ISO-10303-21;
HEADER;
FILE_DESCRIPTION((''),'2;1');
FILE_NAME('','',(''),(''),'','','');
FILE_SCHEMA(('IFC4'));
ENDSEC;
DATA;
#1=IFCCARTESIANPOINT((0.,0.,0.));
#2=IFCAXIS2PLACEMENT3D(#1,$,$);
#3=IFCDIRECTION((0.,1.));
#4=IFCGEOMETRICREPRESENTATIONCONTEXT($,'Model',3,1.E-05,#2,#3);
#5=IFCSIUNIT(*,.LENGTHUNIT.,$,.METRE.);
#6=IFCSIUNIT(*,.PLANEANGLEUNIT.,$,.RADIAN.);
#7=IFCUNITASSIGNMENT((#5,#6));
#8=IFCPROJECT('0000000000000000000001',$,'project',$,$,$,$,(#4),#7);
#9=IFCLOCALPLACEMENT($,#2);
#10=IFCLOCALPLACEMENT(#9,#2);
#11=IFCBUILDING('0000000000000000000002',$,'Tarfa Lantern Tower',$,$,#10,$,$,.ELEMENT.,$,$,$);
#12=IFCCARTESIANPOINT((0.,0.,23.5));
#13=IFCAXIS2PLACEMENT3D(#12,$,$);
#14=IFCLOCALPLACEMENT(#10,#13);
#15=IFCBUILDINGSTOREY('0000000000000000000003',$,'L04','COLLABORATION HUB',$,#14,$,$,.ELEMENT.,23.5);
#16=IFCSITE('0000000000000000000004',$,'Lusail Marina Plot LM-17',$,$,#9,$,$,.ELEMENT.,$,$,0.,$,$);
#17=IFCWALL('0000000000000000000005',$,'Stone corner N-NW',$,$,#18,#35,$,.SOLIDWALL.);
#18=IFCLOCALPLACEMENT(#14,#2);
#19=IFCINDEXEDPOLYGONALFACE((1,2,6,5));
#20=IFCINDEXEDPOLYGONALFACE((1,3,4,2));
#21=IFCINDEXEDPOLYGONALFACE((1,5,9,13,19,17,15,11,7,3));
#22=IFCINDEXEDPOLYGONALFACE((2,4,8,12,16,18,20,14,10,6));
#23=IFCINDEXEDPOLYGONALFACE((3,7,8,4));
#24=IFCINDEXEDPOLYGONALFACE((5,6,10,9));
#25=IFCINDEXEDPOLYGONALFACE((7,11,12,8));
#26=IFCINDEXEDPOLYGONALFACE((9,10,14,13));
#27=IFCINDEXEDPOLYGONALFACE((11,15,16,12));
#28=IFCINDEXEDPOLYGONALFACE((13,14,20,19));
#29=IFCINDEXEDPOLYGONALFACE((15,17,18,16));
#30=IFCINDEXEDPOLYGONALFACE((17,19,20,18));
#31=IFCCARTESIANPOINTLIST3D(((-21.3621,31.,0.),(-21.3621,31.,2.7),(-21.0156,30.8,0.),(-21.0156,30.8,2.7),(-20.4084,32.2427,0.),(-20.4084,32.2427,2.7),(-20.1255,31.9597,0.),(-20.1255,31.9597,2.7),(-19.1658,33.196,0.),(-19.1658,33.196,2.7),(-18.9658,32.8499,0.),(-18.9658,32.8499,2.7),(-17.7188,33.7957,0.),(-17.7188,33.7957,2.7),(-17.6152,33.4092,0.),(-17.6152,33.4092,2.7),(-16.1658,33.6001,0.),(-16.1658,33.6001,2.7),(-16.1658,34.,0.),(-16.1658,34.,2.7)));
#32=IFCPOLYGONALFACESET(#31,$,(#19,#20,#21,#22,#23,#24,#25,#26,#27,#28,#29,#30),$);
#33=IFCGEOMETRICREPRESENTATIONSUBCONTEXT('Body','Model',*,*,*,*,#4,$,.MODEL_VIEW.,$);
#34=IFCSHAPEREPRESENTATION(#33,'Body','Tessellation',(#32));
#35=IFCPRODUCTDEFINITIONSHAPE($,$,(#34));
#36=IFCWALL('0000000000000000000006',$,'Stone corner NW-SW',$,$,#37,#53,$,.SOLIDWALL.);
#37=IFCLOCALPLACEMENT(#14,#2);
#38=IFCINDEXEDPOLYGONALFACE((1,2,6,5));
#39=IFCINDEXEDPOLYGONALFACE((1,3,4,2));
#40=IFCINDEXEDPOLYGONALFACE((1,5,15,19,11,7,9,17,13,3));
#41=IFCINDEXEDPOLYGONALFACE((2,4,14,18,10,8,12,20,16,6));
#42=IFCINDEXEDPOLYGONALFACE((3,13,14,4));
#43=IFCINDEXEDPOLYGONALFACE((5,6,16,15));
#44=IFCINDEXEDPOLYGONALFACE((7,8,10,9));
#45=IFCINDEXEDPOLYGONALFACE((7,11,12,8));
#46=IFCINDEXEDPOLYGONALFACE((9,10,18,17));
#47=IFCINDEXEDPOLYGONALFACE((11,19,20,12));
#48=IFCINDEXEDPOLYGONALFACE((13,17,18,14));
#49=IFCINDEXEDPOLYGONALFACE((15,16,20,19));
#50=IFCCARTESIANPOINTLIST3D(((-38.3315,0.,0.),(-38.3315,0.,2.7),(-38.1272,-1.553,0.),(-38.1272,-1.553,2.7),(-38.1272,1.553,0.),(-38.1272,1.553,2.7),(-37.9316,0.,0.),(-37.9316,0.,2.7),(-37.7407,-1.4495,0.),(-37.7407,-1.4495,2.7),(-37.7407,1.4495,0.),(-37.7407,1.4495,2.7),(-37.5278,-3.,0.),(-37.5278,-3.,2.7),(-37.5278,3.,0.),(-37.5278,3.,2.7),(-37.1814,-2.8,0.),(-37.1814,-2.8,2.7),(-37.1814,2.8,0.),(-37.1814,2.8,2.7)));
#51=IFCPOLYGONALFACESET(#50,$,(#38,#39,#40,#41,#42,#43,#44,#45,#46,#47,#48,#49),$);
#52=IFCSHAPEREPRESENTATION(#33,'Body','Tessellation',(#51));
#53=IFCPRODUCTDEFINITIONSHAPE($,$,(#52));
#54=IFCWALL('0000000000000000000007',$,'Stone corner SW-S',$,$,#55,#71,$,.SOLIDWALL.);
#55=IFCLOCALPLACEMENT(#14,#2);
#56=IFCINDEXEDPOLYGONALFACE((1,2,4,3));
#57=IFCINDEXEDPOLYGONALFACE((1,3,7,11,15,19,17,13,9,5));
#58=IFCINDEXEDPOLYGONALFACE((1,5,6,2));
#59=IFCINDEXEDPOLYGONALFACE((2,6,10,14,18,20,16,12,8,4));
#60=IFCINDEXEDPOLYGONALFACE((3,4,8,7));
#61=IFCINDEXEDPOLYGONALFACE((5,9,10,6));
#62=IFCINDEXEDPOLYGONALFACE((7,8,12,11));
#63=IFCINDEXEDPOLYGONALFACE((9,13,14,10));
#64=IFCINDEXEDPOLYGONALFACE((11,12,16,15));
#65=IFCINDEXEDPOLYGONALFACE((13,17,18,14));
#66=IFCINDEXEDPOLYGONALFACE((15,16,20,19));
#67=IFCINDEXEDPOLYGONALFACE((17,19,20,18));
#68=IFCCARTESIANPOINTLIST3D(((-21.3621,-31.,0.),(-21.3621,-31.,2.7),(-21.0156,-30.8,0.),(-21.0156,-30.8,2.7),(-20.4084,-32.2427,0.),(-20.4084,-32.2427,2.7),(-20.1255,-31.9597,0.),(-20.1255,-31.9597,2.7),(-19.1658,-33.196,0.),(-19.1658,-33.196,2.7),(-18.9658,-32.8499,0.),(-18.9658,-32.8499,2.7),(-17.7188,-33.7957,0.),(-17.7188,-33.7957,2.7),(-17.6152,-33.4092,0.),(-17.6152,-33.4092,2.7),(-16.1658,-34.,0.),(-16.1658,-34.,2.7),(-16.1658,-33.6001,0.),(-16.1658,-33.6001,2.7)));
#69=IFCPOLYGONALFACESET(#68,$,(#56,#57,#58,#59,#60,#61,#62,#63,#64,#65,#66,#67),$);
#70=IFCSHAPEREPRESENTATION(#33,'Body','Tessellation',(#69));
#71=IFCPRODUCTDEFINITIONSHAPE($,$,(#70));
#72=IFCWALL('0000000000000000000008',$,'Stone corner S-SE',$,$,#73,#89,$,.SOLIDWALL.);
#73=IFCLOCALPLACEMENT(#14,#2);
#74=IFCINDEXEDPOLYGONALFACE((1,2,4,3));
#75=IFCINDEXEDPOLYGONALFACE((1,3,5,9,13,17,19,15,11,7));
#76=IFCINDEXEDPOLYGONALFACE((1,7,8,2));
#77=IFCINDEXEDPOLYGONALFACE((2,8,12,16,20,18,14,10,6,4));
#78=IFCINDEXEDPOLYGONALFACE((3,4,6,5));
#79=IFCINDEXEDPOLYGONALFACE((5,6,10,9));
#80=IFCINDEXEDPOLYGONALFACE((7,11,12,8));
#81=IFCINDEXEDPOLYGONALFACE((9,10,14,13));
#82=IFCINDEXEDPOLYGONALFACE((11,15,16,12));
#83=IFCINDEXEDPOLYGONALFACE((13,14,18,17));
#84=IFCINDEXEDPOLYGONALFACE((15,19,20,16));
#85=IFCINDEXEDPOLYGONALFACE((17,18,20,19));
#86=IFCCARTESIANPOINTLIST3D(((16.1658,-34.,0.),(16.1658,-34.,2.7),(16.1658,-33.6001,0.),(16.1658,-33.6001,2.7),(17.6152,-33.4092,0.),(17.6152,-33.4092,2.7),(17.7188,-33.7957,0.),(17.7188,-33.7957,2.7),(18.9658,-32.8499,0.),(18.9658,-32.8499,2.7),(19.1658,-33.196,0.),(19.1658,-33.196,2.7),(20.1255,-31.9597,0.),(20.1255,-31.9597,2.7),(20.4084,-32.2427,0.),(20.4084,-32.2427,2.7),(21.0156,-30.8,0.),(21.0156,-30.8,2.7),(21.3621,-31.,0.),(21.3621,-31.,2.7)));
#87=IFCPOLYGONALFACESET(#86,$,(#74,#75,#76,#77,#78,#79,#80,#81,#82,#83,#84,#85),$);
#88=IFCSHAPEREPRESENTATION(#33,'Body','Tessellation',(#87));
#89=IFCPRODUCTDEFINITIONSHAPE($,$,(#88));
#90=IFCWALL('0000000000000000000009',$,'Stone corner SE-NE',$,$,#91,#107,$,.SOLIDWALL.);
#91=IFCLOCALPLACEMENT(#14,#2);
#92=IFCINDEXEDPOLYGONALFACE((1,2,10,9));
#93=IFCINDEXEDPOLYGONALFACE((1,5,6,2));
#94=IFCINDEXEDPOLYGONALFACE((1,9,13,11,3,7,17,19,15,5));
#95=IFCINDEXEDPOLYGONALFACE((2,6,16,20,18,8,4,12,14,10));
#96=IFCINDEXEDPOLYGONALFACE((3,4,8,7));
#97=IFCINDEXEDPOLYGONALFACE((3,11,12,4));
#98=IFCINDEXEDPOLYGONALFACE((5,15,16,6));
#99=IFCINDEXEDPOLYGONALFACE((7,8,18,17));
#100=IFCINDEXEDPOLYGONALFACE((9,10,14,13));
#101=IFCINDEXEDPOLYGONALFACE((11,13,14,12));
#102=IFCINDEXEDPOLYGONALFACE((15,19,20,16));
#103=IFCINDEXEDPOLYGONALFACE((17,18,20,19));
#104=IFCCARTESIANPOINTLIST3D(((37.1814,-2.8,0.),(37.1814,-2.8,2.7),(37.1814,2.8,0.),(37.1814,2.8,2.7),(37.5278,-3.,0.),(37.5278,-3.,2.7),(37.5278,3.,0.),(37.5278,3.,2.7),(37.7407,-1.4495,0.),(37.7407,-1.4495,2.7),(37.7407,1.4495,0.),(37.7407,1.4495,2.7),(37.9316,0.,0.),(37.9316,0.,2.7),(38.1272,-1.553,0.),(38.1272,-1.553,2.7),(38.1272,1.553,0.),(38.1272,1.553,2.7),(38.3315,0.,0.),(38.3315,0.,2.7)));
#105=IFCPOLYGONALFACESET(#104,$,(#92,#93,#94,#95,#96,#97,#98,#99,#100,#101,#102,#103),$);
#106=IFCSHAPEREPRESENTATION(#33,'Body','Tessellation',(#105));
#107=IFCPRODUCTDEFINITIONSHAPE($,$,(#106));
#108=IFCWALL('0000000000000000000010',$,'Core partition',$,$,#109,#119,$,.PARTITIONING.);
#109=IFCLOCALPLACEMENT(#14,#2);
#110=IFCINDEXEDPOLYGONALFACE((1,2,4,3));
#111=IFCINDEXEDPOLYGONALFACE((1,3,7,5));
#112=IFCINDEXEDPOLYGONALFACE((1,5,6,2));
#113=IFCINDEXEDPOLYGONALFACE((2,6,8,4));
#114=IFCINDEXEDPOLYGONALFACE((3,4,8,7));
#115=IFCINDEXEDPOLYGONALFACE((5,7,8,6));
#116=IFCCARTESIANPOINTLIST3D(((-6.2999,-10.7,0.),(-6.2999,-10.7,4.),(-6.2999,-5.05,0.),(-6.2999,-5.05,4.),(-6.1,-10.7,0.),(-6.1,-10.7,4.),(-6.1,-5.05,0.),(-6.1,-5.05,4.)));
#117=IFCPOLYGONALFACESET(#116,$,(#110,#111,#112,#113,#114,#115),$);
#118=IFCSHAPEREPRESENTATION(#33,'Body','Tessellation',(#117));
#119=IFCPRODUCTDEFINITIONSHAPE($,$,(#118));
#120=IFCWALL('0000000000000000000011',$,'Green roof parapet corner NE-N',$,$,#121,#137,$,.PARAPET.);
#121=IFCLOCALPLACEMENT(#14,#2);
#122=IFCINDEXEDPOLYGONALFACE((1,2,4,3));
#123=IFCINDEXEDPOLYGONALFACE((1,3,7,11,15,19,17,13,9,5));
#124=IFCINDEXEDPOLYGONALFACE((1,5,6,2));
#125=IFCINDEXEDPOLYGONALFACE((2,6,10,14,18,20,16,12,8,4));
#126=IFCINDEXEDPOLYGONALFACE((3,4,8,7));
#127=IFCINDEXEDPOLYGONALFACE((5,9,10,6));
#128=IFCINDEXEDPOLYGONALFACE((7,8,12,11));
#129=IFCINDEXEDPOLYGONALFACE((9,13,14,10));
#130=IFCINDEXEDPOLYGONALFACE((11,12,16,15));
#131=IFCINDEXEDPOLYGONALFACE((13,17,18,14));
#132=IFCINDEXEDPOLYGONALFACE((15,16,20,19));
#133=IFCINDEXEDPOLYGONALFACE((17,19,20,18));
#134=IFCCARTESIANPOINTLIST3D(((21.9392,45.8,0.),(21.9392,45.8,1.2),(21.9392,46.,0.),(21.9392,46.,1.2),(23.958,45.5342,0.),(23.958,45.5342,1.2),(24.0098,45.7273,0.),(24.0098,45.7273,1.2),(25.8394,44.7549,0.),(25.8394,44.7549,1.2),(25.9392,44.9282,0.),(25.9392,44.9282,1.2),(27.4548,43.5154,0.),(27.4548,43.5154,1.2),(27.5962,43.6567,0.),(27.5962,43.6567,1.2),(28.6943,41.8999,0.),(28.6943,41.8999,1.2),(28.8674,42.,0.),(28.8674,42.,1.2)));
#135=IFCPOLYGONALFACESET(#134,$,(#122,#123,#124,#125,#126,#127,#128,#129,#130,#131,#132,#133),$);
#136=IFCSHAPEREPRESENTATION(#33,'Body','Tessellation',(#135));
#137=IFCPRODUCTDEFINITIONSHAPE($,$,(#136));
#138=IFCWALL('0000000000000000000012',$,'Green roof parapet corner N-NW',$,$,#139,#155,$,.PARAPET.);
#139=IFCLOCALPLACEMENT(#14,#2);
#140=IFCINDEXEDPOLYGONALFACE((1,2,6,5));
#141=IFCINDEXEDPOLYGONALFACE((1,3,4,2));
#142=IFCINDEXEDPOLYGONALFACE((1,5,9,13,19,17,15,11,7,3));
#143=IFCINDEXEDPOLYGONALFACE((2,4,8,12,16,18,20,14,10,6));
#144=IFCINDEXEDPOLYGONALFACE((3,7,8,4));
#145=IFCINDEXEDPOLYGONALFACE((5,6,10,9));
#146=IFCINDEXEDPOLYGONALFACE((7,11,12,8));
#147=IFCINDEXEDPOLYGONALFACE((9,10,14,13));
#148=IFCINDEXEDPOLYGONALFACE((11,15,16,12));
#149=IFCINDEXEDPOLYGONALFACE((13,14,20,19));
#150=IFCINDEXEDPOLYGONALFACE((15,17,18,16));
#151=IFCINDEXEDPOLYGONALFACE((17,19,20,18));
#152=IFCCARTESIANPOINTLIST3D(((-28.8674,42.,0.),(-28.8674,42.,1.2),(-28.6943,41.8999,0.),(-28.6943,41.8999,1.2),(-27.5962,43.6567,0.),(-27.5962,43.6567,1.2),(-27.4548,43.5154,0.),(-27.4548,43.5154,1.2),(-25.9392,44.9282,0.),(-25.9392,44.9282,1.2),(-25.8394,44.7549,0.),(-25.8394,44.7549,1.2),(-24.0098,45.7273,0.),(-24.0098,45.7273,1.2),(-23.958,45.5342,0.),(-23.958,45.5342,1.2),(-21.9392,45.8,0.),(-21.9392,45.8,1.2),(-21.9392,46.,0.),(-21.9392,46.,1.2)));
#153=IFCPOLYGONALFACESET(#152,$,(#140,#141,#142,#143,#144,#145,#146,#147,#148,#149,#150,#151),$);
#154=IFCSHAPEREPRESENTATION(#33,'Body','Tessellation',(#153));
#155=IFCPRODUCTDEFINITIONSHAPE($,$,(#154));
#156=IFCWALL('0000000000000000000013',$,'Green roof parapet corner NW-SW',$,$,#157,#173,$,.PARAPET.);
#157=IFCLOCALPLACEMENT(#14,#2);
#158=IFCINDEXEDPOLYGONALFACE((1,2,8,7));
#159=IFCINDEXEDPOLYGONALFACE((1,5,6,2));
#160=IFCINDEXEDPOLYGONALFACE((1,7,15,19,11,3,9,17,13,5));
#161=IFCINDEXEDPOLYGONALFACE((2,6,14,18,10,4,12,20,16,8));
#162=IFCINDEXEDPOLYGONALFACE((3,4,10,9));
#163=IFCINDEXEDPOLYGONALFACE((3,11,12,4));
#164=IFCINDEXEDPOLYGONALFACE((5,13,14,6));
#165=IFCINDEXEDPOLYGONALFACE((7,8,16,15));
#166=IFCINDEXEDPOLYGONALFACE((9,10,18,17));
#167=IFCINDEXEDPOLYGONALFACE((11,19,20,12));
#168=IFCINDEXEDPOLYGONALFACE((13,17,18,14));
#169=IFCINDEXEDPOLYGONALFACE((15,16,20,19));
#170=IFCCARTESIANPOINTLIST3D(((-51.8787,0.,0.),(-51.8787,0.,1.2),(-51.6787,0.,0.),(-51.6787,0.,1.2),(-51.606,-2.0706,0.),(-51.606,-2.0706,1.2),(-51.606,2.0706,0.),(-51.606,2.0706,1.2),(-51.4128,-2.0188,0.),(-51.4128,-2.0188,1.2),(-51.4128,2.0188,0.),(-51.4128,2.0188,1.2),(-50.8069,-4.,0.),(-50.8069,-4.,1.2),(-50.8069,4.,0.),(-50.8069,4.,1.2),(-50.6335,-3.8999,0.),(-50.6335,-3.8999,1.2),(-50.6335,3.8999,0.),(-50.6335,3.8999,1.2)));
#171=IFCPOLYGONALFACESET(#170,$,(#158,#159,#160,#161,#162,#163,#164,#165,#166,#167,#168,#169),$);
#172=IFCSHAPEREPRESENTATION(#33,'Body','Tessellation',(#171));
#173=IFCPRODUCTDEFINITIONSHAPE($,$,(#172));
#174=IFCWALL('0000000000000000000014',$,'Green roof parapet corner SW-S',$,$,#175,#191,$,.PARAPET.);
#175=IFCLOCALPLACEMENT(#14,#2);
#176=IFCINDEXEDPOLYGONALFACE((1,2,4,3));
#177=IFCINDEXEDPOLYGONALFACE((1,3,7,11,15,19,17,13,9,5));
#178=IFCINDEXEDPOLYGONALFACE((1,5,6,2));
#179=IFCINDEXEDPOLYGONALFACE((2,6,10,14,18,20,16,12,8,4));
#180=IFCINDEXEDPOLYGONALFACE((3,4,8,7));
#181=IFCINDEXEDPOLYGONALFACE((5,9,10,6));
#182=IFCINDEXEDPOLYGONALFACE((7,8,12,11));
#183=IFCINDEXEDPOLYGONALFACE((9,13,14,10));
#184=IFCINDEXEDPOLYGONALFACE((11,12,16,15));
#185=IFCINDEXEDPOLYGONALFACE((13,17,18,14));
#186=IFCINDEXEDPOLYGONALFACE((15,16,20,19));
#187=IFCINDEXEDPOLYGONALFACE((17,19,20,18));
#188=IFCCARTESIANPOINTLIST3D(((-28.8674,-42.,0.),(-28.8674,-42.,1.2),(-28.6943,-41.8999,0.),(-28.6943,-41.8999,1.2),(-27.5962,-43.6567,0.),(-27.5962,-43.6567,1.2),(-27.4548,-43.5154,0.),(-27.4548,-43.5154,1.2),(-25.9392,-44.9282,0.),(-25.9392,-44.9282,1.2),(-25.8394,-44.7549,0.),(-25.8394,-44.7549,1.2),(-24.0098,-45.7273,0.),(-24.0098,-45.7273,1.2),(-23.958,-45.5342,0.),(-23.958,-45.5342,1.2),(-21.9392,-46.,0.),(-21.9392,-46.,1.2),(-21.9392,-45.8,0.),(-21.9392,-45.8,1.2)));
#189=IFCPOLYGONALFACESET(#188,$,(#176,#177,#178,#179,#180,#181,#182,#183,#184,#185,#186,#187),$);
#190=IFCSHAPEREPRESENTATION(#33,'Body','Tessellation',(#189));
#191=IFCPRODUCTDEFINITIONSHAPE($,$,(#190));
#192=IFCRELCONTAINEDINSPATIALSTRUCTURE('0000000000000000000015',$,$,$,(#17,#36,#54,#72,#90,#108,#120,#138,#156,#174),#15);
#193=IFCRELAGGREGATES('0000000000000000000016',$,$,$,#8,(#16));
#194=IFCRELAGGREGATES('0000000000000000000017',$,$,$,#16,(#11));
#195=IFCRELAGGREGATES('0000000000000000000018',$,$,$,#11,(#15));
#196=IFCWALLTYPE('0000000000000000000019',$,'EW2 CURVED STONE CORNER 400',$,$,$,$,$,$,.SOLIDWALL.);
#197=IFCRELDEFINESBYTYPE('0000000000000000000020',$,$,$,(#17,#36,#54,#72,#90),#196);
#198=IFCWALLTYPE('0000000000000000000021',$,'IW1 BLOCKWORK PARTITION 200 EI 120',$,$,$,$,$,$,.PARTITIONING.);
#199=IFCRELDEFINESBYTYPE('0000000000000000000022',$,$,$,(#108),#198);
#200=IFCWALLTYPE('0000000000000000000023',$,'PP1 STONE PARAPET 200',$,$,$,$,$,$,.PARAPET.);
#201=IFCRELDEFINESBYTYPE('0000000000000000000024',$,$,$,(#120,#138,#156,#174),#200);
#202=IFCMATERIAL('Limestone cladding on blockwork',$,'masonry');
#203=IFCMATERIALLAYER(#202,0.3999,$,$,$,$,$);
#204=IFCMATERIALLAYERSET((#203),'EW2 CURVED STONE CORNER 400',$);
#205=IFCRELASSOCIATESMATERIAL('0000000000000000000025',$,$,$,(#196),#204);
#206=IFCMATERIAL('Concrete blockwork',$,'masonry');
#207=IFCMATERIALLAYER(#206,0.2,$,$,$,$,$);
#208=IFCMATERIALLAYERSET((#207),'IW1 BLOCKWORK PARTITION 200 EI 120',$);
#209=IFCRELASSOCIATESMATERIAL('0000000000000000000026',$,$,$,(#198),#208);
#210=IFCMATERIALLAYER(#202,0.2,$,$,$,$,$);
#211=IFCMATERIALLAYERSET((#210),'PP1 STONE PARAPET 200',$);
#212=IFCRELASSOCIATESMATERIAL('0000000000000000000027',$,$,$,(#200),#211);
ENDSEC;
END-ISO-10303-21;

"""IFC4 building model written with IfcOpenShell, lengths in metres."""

from ifc_helpers import new_model, si_unit, direction, frame, frame_2d, origin, place, context, subcontext, project, spatial, polyline, rectangle, outline, extrude, material, layer, layer_set, type_object, element, save


model = new_model("IFC4")

# Units and contexts
model_context = context("Model", 3, precision=1e-05, world=origin(), true_north=direction((0.0, 1.0)))
body_context = subcontext(model_context, "Body", "Model", "MODEL_VIEW")
ifc_project = project(units=[si_unit("LENGTHUNIT", "METRE"), si_unit("PLANEANGLEUNIT", "RADIAN")], contexts=[model_context])

# Site, building, storey
site_placement = place(None, origin())
site = spatial("IfcSite", under=ifc_project, at=site_placement, Name="Lusail Marina Plot LM-17", CompositionType="ELEMENT", RefElevation=0.0)
building_placement = place(site_placement, origin())
building = spatial("IfcBuilding", under=site, at=building_placement, Name="Tarfa Lantern Tower", CompositionType="ELEMENT")
storey_placement = place(building_placement, frame((0.0, 0.0, 23.5)))
storey = spatial("IfcBuildingStorey", under=building, at=storey_placement, Name="L04", Description="COLLABORATION HUB", CompositionType="ELEMENT", Elevation=23.5)

# Walls
ifc_material_1 = material(Name="Limestone cladding on blockwork", Category="masonry")
ifc_layer_1 = layer(ifc_material_1, 0.3999)
ifc_layer_set_1 = layer_set([ifc_layer_1], Name="EW2 CURVED STONE CORNER 400")
wall_type_1 = type_object("IfcWallType", Name="EW2 CURVED STONE CORNER 400", PredefinedType="SOLIDWALL", material=ifc_layer_set_1)
wall_1_placement = place(storey_placement, origin())
element("IfcWall", 1, at=wall_1_placement, inside=storey, type_object=wall_type_1, Name="Stone corner N-NW", PredefinedType="SOLIDWALL", context=body_context, shape_type="SweptSolid", body=[
    extrude(outline(polyline([(-16.1658, 34.0), (-17.7188, 33.7957), (-19.1658, 33.196), (-20.4084, 32.2427), (-21.3621, 31.0), (-21.0156, 30.8), (-20.1255, 31.9597), (-18.9658, 32.8499), (-17.6152, 33.4092), (-16.1658, 33.6001), (-16.1658, 34.0)])), origin(), (0.0, 0.0, 1.0), 2.7),
])
wall_2_placement = place(storey_placement, origin())
element("IfcWall", 2, at=wall_2_placement, inside=storey, type_object=wall_type_1, Name="Stone corner NW-SW", PredefinedType="SOLIDWALL", context=body_context, shape_type="SweptSolid", body=[
    extrude(outline(polyline([(-37.5278, 3.0), (-38.1272, 1.553), (-38.3315, 0.0), (-38.1272, -1.553), (-37.5278, -3.0), (-37.1814, -2.8), (-37.7407, -1.4495), (-37.9316, 0.0), (-37.7407, 1.4495), (-37.1814, 2.8), (-37.5278, 3.0)])), origin(), (0.0, 0.0, 1.0), 2.7),
])
wall_3_placement = place(storey_placement, origin())
element("IfcWall", 3, at=wall_3_placement, inside=storey, type_object=wall_type_1, Name="Stone corner SW-S", PredefinedType="SOLIDWALL", context=body_context, shape_type="SweptSolid", body=[
    extrude(outline(polyline([(-21.3621, -31.0), (-20.4084, -32.2427), (-19.1658, -33.196), (-17.7188, -33.7957), (-16.1658, -34.0), (-16.1658, -33.6001), (-17.6152, -33.4092), (-18.9658, -32.8499), (-20.1255, -31.9597), (-21.0156, -30.8), (-21.3621, -31.0)])), origin(), (0.0, 0.0, 1.0), 2.7),
])
wall_4_placement = place(storey_placement, origin())
element("IfcWall", 4, at=wall_4_placement, inside=storey, type_object=wall_type_1, Name="Stone corner S-SE", PredefinedType="SOLIDWALL", context=body_context, shape_type="SweptSolid", body=[
    extrude(outline(polyline([(16.1658, -34.0), (17.7188, -33.7957), (19.1658, -33.196), (20.4084, -32.2427), (21.3621, -31.0), (21.0156, -30.8), (20.1255, -31.9597), (18.9658, -32.8499), (17.6152, -33.4092), (16.1658, -33.6001), (16.1658, -34.0)])), origin(), (0.0, 0.0, 1.0), 2.7),
])
wall_5_placement = place(storey_placement, origin())
element("IfcWall", 5, at=wall_5_placement, inside=storey, type_object=wall_type_1, Name="Stone corner SE-NE", PredefinedType="SOLIDWALL", context=body_context, shape_type="SweptSolid", body=[
    extrude(outline(polyline([(37.5278, -3.0), (38.1272, -1.553), (38.3315, 0.0), (38.1272, 1.553), (37.5278, 3.0), (37.1814, 2.8), (37.7407, 1.4495), (37.9316, 0.0), (37.7407, -1.4495), (37.1814, -2.8), (37.5278, -3.0)])), origin(), (0.0, 0.0, 1.0), 2.7),
])
ifc_material_2 = material(Name="Concrete blockwork", Category="masonry")
ifc_layer_2 = layer(ifc_material_2, 0.2)
ifc_layer_set_2 = layer_set([ifc_layer_2], Name="IW1 BLOCKWORK PARTITION 200 EI 120")
wall_type_2 = type_object("IfcWallType", Name="IW1 BLOCKWORK PARTITION 200 EI 120", PredefinedType="PARTITIONING", material=ifc_layer_set_2)
wall_6_placement = place(storey_placement, frame((-6.2, -5.05, 0.0), z_axis=(0.0, 0.0, 1.0), x_axis=(0.0, -1.0, 0.0)))
element("IfcWall", 6, at=wall_6_placement, inside=storey, type_object=wall_type_2, Name="Core partition", PredefinedType="PARTITIONING", context=body_context, shape_type="SweptSolid", body=[
    extrude(rectangle(XDim=5.6499, YDim=0.2, at=frame_2d((2.825, 0.0))), origin(), (0.0, 0.0, 1.0), 4.0),
])
ifc_layer_3 = layer(ifc_material_1, 0.2)
ifc_layer_set_3 = layer_set([ifc_layer_3], Name="PP1 STONE PARAPET 200")
wall_type_3 = type_object("IfcWallType", Name="PP1 STONE PARAPET 200", PredefinedType="PARAPET", material=ifc_layer_set_3)
wall_7_placement = place(storey_placement, origin())
element("IfcWall", 7, at=wall_7_placement, inside=storey, type_object=wall_type_3, Name="Green roof parapet corner NE-N", PredefinedType="PARAPET", context=body_context, shape_type="SweptSolid", body=[
    extrude(outline(polyline([(28.8674, 42.0), (27.5962, 43.6567), (25.9392, 44.9282), (24.0098, 45.7273), (21.9392, 46.0), (21.9392, 45.8), (23.958, 45.5342), (25.8394, 44.7549), (27.4548, 43.5154), (28.6943, 41.8999), (28.8674, 42.0)])), origin(), (0.0, 0.0, 1.0), 1.2),
])
wall_8_placement = place(storey_placement, origin())
element("IfcWall", 8, at=wall_8_placement, inside=storey, type_object=wall_type_3, Name="Green roof parapet corner N-NW", PredefinedType="PARAPET", context=body_context, shape_type="SweptSolid", body=[
    extrude(outline(polyline([(-21.9392, 46.0), (-24.0098, 45.7273), (-25.9392, 44.9282), (-27.5962, 43.6567), (-28.8674, 42.0), (-28.6943, 41.8999), (-27.4548, 43.5154), (-25.8394, 44.7549), (-23.958, 45.5342), (-21.9392, 45.8), (-21.9392, 46.0)])), origin(), (0.0, 0.0, 1.0), 1.2),
])
wall_9_placement = place(storey_placement, origin())
element("IfcWall", 9, at=wall_9_placement, inside=storey, type_object=wall_type_3, Name="Green roof parapet corner NW-SW", PredefinedType="PARAPET", context=body_context, shape_type="SweptSolid", body=[
    extrude(outline(polyline([(-50.8069, 4.0), (-51.606, 2.0706), (-51.8787, 0.0), (-51.606, -2.0706), (-50.8069, -4.0), (-50.6335, -3.8999), (-51.4128, -2.0188), (-51.6787, 0.0), (-51.4128, 2.0188), (-50.6335, 3.8999), (-50.8069, 4.0)])), origin(), (0.0, 0.0, 1.0), 1.2),
])
wall_10_placement = place(storey_placement, origin())
element("IfcWall", 10, at=wall_10_placement, inside=storey, type_object=wall_type_3, Name="Green roof parapet corner SW-S", PredefinedType="PARAPET", context=body_context, shape_type="SweptSolid", body=[
    extrude(outline(polyline([(-28.8674, -42.0), (-27.5962, -43.6567), (-25.9392, -44.9282), (-24.0098, -45.7273), (-21.9392, -46.0), (-21.9392, -45.8), (-23.958, -45.5342), (-25.8394, -44.7549), (-27.4548, -43.5154), (-28.6943, -41.8999), (-28.8674, -42.0)])), origin(), (0.0, 0.0, 1.0), 1.2),
])

save(model, "model.ifc")
